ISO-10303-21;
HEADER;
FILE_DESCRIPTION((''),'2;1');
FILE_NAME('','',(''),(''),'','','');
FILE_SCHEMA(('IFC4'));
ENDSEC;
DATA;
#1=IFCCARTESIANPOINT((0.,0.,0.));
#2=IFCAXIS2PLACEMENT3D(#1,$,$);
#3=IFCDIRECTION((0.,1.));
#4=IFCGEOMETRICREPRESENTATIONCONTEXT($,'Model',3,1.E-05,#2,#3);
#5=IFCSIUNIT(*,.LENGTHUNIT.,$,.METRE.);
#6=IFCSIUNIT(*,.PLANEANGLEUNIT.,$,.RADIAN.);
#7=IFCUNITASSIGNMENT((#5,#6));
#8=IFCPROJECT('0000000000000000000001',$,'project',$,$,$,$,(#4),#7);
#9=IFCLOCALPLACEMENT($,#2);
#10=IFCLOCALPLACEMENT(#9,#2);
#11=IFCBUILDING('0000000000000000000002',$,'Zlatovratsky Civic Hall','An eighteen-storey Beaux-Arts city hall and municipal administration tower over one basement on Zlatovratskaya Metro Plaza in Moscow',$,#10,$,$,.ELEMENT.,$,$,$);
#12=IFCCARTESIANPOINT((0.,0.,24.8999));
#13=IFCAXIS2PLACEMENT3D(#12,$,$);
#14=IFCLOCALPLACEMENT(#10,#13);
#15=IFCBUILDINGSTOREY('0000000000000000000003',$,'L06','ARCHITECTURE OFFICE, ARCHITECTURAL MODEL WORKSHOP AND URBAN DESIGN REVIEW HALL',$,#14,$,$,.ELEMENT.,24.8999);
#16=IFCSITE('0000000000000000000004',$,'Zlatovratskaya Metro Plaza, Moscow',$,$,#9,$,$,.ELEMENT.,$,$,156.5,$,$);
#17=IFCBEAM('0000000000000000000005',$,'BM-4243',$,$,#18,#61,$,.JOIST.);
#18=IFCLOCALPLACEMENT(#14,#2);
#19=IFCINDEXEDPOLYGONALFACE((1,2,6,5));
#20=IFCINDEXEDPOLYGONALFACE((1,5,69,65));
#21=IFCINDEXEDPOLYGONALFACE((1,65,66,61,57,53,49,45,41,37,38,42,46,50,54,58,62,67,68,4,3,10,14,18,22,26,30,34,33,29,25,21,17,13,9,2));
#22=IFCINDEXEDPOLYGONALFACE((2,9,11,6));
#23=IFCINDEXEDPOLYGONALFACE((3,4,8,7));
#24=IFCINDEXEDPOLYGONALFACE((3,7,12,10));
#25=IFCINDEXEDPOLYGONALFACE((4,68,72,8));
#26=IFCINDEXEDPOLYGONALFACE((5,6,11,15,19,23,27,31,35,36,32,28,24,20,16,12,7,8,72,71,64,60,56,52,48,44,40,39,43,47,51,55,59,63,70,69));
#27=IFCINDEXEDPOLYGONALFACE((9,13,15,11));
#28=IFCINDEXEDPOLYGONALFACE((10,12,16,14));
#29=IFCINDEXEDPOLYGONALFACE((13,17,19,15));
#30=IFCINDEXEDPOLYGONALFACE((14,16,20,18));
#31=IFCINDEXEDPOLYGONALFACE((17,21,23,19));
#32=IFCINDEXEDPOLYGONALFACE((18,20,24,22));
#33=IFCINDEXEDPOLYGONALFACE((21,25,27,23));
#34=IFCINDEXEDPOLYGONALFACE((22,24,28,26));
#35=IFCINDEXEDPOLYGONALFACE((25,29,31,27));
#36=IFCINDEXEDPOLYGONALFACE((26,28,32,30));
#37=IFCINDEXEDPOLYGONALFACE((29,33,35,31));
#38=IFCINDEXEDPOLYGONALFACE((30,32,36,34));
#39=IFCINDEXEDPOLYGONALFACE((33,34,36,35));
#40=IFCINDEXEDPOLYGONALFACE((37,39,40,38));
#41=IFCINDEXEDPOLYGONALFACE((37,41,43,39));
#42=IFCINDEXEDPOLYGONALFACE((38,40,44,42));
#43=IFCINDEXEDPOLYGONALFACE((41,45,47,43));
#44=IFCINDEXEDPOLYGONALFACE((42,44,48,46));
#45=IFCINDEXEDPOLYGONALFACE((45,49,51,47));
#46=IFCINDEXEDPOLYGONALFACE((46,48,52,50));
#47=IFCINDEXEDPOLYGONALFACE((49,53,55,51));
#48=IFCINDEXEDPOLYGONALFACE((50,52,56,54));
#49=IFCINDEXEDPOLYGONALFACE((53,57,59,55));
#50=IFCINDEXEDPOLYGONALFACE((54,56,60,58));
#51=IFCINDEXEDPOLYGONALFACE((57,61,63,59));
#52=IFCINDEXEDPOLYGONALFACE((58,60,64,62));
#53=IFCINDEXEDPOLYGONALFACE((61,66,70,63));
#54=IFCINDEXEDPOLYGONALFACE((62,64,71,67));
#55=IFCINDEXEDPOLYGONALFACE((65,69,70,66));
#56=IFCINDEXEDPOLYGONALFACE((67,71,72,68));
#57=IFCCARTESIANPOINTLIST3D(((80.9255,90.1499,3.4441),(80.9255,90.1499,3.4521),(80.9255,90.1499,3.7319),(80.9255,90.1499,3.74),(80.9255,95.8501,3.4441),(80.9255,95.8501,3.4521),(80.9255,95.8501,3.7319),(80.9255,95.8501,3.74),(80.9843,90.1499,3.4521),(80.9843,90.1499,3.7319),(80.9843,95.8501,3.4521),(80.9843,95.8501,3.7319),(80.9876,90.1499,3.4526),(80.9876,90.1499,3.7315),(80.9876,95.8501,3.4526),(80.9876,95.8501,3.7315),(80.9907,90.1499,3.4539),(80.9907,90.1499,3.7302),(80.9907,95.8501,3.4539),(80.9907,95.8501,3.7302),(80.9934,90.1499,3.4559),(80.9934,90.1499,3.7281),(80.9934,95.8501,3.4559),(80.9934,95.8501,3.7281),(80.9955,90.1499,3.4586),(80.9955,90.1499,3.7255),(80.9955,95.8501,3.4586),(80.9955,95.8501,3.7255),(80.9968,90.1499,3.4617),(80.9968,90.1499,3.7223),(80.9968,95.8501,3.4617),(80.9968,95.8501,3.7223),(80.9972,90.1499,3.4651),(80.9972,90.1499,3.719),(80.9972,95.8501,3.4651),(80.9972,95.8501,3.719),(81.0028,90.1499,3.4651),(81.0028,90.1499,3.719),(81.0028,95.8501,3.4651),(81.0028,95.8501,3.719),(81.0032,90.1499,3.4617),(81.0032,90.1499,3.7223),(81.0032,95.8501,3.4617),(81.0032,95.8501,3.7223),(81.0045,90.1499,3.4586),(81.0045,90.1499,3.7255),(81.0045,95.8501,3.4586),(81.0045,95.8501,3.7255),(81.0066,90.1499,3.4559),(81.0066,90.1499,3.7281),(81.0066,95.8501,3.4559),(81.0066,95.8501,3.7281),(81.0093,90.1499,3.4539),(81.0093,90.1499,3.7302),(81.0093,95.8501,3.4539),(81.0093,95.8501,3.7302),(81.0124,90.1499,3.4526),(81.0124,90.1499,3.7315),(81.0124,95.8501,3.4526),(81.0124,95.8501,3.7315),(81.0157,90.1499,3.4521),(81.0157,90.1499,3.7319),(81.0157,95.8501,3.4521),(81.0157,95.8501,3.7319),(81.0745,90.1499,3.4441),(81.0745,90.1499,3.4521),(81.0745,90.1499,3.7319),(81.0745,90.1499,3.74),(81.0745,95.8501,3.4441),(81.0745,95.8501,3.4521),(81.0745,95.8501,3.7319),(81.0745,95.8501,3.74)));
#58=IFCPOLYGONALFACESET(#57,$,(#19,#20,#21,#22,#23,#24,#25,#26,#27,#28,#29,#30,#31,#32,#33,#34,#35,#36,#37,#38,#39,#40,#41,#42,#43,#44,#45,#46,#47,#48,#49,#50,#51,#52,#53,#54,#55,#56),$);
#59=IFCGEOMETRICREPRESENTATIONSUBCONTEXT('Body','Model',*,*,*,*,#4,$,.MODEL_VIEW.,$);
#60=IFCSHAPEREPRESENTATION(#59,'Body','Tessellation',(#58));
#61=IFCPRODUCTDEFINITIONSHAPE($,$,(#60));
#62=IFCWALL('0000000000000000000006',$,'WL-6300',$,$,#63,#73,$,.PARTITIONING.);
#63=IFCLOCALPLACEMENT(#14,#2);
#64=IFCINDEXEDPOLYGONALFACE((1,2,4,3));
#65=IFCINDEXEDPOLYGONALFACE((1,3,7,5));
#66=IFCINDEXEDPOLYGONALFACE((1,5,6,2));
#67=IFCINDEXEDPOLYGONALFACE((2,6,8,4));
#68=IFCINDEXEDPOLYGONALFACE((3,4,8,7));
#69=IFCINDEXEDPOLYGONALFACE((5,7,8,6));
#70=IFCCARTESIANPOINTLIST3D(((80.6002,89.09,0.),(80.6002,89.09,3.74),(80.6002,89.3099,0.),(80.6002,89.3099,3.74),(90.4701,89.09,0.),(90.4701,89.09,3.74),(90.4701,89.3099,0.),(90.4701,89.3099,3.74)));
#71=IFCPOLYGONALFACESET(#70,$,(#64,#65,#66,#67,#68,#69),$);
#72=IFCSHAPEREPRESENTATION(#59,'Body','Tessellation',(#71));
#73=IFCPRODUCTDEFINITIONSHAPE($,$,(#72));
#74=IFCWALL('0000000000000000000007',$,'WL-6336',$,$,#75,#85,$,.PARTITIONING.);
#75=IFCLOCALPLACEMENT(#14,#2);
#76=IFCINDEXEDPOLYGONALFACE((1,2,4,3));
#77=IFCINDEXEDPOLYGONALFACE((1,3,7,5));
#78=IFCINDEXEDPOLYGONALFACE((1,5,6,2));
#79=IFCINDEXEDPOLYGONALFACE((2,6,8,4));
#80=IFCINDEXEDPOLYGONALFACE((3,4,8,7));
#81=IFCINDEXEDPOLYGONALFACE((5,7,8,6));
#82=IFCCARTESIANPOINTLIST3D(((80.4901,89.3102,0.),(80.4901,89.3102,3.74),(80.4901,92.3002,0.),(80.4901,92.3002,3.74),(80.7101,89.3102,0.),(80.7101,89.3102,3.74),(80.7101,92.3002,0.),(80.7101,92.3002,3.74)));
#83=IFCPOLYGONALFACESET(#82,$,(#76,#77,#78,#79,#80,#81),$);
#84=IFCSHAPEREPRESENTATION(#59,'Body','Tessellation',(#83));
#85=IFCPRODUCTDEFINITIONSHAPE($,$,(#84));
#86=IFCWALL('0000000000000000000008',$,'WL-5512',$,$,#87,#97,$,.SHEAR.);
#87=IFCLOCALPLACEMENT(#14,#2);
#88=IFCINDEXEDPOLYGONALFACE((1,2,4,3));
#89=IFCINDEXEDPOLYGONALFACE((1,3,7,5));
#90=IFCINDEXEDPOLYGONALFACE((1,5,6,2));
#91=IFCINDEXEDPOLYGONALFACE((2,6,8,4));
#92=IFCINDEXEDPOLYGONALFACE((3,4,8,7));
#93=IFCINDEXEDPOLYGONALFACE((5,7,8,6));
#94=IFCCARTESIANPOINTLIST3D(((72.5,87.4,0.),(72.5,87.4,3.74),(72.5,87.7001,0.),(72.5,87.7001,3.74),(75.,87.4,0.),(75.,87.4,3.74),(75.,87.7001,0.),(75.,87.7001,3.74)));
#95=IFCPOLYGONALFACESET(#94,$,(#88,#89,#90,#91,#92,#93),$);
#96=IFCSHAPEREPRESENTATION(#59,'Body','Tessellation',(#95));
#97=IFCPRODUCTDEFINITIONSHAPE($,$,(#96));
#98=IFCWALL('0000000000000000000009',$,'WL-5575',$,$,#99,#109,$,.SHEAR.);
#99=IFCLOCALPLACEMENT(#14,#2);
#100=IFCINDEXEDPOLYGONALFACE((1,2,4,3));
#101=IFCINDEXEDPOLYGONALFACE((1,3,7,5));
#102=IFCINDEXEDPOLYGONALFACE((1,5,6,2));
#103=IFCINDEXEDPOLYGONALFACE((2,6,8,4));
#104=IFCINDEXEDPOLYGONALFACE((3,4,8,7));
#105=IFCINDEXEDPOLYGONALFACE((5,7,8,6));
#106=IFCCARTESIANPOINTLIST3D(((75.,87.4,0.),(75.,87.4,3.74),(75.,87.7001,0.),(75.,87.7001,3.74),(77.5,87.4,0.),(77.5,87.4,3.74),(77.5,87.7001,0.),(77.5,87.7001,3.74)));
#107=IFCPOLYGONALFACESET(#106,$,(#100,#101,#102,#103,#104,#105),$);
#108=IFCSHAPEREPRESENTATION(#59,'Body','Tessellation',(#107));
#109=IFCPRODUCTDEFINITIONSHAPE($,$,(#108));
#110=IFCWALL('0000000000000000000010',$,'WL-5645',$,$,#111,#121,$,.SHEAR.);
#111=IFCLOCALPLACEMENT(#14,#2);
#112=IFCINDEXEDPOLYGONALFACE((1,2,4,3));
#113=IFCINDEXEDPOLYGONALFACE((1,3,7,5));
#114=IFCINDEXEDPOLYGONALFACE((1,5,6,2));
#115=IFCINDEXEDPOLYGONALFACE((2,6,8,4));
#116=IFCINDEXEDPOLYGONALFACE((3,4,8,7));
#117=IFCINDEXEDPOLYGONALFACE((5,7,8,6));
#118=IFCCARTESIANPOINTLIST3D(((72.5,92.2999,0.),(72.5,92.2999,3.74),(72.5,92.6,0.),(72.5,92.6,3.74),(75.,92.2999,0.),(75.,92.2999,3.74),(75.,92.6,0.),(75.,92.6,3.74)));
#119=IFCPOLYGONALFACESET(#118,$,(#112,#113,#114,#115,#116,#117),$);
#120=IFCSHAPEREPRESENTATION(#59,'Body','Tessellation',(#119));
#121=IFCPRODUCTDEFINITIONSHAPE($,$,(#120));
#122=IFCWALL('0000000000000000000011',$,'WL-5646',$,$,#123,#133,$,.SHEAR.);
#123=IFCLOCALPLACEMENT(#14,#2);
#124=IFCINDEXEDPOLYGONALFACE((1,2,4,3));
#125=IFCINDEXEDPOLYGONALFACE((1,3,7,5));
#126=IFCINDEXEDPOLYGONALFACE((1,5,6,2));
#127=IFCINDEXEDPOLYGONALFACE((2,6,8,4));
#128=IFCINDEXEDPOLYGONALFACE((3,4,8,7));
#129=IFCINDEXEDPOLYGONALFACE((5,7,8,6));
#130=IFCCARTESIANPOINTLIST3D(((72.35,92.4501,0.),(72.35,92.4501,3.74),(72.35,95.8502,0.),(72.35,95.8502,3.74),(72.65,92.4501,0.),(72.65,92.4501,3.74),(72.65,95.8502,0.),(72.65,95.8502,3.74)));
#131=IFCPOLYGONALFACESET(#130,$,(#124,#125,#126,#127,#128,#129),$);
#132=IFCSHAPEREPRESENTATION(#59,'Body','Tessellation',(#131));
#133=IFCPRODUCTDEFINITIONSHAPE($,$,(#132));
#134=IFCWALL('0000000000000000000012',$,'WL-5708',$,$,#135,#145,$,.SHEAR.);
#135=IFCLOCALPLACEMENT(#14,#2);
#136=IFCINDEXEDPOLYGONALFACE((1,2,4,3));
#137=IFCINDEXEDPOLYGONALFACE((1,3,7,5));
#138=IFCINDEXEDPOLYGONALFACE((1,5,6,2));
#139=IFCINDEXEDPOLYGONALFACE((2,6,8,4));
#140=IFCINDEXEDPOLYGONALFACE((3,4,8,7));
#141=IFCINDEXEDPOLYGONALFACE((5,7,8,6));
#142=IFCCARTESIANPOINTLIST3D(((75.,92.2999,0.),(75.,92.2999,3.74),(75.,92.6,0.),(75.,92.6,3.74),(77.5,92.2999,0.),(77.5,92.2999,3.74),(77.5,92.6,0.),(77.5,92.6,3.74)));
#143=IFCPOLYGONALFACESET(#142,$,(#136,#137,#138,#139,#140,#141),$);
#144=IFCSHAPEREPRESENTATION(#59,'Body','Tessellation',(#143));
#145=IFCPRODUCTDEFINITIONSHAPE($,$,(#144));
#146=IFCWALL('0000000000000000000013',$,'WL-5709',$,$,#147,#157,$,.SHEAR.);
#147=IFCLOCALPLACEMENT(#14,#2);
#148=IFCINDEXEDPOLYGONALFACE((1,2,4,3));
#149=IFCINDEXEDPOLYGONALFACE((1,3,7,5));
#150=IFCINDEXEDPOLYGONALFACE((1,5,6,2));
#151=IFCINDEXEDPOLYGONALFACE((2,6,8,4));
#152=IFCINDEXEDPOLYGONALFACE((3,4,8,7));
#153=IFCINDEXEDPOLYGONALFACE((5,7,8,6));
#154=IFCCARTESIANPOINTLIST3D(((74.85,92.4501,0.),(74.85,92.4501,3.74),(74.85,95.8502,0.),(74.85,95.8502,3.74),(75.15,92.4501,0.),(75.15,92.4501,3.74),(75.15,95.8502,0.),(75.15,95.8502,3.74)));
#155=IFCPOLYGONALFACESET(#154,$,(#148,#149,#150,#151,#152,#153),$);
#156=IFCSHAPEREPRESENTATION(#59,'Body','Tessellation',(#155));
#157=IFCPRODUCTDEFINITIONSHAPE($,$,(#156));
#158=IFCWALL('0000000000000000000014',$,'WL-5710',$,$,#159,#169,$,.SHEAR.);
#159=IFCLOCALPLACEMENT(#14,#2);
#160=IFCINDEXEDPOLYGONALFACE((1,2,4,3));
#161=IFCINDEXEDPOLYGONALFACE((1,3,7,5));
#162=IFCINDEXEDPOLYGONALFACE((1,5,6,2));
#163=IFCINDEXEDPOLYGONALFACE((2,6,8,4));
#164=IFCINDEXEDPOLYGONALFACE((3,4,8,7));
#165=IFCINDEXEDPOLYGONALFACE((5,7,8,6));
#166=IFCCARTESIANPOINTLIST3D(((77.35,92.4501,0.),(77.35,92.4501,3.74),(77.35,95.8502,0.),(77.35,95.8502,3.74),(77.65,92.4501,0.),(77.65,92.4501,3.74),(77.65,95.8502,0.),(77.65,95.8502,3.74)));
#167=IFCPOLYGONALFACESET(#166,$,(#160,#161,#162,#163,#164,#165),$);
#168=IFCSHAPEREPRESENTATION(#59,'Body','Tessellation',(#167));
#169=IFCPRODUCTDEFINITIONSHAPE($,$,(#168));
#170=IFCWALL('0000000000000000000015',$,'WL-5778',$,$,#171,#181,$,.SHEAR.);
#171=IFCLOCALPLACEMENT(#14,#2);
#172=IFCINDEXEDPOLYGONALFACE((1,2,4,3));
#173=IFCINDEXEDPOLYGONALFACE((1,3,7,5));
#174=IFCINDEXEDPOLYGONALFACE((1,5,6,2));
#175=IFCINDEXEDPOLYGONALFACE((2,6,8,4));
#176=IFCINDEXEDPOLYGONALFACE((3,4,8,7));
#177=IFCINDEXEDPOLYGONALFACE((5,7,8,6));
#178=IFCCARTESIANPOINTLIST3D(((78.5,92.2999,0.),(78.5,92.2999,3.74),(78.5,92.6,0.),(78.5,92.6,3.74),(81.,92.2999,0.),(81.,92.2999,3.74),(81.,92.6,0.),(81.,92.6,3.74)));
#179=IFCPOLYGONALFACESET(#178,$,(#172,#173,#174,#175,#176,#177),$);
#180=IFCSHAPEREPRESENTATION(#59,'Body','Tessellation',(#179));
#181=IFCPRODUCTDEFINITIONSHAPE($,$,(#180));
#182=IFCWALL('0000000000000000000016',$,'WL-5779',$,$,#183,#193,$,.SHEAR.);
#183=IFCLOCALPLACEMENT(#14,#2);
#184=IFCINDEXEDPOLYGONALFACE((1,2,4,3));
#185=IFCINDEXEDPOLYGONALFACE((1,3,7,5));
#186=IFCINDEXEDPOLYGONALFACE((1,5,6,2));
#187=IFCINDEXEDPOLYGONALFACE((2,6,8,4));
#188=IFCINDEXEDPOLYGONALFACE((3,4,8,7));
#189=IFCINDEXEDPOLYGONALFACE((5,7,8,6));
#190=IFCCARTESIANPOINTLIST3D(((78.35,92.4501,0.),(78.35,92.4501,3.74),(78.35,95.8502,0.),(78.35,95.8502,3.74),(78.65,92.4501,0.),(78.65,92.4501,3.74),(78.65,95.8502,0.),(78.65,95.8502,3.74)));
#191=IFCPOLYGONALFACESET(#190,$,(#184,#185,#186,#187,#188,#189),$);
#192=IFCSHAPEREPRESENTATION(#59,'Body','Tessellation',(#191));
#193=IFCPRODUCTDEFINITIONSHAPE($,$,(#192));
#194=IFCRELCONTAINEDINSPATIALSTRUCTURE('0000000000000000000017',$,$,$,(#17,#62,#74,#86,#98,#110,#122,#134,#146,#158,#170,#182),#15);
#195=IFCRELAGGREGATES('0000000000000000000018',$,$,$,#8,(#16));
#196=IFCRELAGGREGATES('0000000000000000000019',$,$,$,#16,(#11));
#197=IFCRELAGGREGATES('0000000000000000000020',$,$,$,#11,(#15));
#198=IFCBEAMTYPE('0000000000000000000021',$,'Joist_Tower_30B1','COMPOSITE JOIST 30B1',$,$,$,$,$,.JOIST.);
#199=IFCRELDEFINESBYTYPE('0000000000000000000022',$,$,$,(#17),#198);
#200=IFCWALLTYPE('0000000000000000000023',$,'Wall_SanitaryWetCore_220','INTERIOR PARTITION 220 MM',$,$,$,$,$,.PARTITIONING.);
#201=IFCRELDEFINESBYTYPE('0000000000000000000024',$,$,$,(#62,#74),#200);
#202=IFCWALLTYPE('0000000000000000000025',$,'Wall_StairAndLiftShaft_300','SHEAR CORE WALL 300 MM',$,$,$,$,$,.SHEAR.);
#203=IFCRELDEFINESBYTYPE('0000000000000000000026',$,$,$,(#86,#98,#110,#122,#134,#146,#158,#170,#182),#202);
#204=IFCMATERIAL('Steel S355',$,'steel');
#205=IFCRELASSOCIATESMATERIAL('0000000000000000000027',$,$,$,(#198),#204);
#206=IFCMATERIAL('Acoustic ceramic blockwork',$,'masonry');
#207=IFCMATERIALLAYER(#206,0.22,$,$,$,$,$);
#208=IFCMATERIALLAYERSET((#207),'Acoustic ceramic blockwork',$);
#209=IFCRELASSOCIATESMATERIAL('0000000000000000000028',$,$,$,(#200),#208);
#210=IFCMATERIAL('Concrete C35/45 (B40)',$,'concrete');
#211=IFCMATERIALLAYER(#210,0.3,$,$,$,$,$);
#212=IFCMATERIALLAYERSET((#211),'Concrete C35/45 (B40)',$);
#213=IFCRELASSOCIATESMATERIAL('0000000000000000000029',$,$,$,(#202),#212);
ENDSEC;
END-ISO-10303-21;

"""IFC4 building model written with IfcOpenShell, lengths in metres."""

from ifc_helpers import new_model, si_unit, direction, frame, frame_2d, origin, origin_2d, place, context, subcontext, project, spatial, rectangle, i_section, extrude, material, layer, layer_set, material_profile, profile_set, type_object, element, save


model = new_model("IFC4")

# Units and contexts
model_context = context("Model", 3, precision=1e-05, world=origin(), true_north=direction((0.0, 1.0)))
body_context = subcontext(model_context, "Body", "Model", "MODEL_VIEW")
ifc_project = project(units=[si_unit("LENGTHUNIT", "METRE"), si_unit("PLANEANGLEUNIT", "RADIAN")], contexts=[model_context])

# Site, building, storey
site_placement = place(None, origin())
site = spatial("IfcSite", under=ifc_project, at=site_placement, Name="Zlatovratskaya Metro Plaza, Moscow", CompositionType="ELEMENT", RefElevation=156.5)
building_placement = place(site_placement, origin())
building = spatial("IfcBuilding", under=site, at=building_placement, Name="Zlatovratsky Civic Hall", Description="An eighteen-storey Beaux-Arts city hall and municipal administration tower over one basement on Zlatovratskaya Metro Plaza in Moscow", CompositionType="ELEMENT")
storey_placement = place(building_placement, frame((0.0, 0.0, 24.8999)))
storey = spatial("IfcBuildingStorey", under=building, at=storey_placement, Name="L06", Description="ARCHITECTURE OFFICE, ARCHITECTURAL MODEL WORKSHOP AND URBAN DESIGN REVIEW HALL", CompositionType="ELEMENT", Elevation=24.8999)

# Shared definitions
ifc_material_1 = material(Name="Concrete C35/45 (B40)", Category="concrete")
ifc_material_2 = material(Name="Steel S355", Category="steel")

# Beam
ifc_material_profile_1 = material_profile(ifc_material_2, i_section(OverallWidth=0.1489, OverallDepth=0.2959, WebThickness=0.0056, FlangeThickness=0.0081, FilletRadius=0.0129, at=origin_2d()), Name="30B1")
ifc_profile_set_1 = profile_set([ifc_material_profile_1], Name="Steel S355")
beam_type_1 = type_object("IfcBeamType", Name="Joist_Tower_30B1", Description="COMPOSITE JOIST 30B1", PredefinedType="JOIST", material=ifc_profile_set_1)
beam_1_placement = place(storey_placement, frame((81.0, 90.1499, 3.592), z_axis=(0.0, 1.0, 0.0), x_axis=(-1.0, 0.0, 0.0)))
element("IfcBeam", 1, at=beam_1_placement, inside=storey, type_object=beam_type_1, Name="BM-4243", PredefinedType="JOIST", context=body_context, shape_type="SweptSolid", body=[
    extrude(i_section(OverallWidth=0.1489, OverallDepth=0.2959, WebThickness=0.0056, FlangeThickness=0.0081, FilletRadius=0.0129, at=origin_2d()), origin(), (0.0, 0.0, 1.0), 5.7002),
])

# Walls
ifc_material_3 = material(Name="Acoustic ceramic blockwork", Category="masonry")
ifc_layer_1 = layer(ifc_material_3, 0.22)
ifc_layer_set_1 = layer_set([ifc_layer_1], Name="Acoustic ceramic blockwork")
wall_type_1 = type_object("IfcWallType", Name="Wall_SanitaryWetCore_220", Description="INTERIOR PARTITION 220 MM", PredefinedType="PARTITIONING", material=ifc_layer_set_1)
wall_1_placement = place(storey_placement, frame((80.6001, 89.2, 0.0), z_axis=(0.0, 0.0, 1.0), x_axis=(1.0, 0.0, 0.0)))
element("IfcWall", 2, at=wall_1_placement, inside=storey, type_object=wall_type_1, Name="WL-6300", PredefinedType="PARTITIONING", context=body_context, shape_type="SweptSolid", body=[
    extrude(rectangle(XDim=9.8699, YDim=0.22, at=frame_2d((4.9351, 0.0))), origin(), (0.0, 0.0, 1.0), 3.74),
])
wall_2_placement = place(storey_placement, frame((80.6001, 89.3101, 0.0), z_axis=(0.0, 0.0, 1.0), x_axis=(0.0, 1.0, 0.0)))
element("IfcWall", 3, at=wall_2_placement, inside=storey, type_object=wall_type_1, Name="WL-6336", PredefinedType="PARTITIONING", context=body_context, shape_type="SweptSolid", body=[
    extrude(rectangle(XDim=2.99, YDim=0.22, at=frame_2d((1.4951, 0.0))), origin(), (0.0, 0.0, 1.0), 3.74),
])
ifc_layer_2 = layer(ifc_material_1, 0.3)
ifc_layer_set_2 = layer_set([ifc_layer_2], Name="Concrete C35/45 (B40)")
wall_type_2 = type_object("IfcWallType", Name="Wall_StairAndLiftShaft_300", Description="SHEAR CORE WALL 300 MM", PredefinedType="SHEAR", material=ifc_layer_set_2)
for number, where, z_axis, x_axis, name in (
    (4, (72.5, 87.55, 0.0), (0.0, 0.0, 1.0), (1.0, 0.0, 0.0), "WL-5512"),
    (5, (75.0, 87.55, 0.0), (0.0, 0.0, 1.0), (1.0, 0.0, 0.0), "WL-5575"),
):
    element("IfcWall", number, at=place(storey_placement, frame(where, z_axis=z_axis, x_axis=x_axis)), inside=storey, type_object=wall_type_2, Name=name, PredefinedType="SHEAR", context=body_context, shape_type="SweptSolid", body=[
        extrude(rectangle(XDim=2.5, YDim=0.3, at=frame_2d((1.25, 0.0))), origin(), (0.0, 0.0, 1.0), 3.74),
    ])

# Walls
wall_3_placement = place(storey_placement, frame((72.5, 92.45, 0.0), z_axis=(0.0, 0.0, 1.0), x_axis=(1.0, 0.0, 0.0)))
element("IfcWall", 6, at=wall_3_placement, inside=storey, type_object=wall_type_2, Name="WL-5645", PredefinedType="SHEAR", context=body_context, shape_type="SweptSolid", body=[
    extrude(rectangle(XDim=2.5, YDim=0.3, at=frame_2d((1.25, 0.0))), origin(), (0.0, 0.0, 1.0), 3.74),
])
wall_4_placement = place(storey_placement, frame((72.5, 92.45, 0.0), z_axis=(0.0, 0.0, 1.0), x_axis=(0.0, 1.0, 0.0)))
element("IfcWall", 7, at=wall_4_placement, inside=storey, type_object=wall_type_2, Name="WL-5646", PredefinedType="SHEAR", context=body_context, shape_type="SweptSolid", body=[
    extrude(rectangle(XDim=3.4001, YDim=0.3, at=frame_2d((1.7002, 0.0))), origin(), (0.0, 0.0, 1.0), 3.74),
])

# Walls
wall_5_placement = place(storey_placement, frame((75.0, 92.45, 0.0), z_axis=(0.0, 0.0, 1.0), x_axis=(1.0, 0.0, 0.0)))
element("IfcWall", 8, at=wall_5_placement, inside=storey, type_object=wall_type_2, Name="WL-5708", PredefinedType="SHEAR", context=body_context, shape_type="SweptSolid", body=[
    extrude(rectangle(XDim=2.5, YDim=0.3, at=frame_2d((1.25, 0.0))), origin(), (0.0, 0.0, 1.0), 3.74),
])
for number, where, z_axis, x_axis, name in (
    (9, (75.0, 92.45, 0.0), (0.0, 0.0, 1.0), (0.0, 1.0, 0.0), "WL-5709"),
    (10, (77.5, 92.45, 0.0), (0.0, 0.0, 1.0), (0.0, 1.0, 0.0), "WL-5710"),
):
    element("IfcWall", number, at=place(storey_placement, frame(where, z_axis=z_axis, x_axis=x_axis)), inside=storey, type_object=wall_type_2, Name=name, PredefinedType="SHEAR", context=body_context, shape_type="SweptSolid", body=[
        extrude(rectangle(XDim=3.4001, YDim=0.3, at=frame_2d((1.7002, 0.0))), origin(), (0.0, 0.0, 1.0), 3.74),
    ])

# Walls
wall_6_placement = place(storey_placement, frame((78.5, 92.45, 0.0), z_axis=(0.0, 0.0, 1.0), x_axis=(1.0, 0.0, 0.0)))
element("IfcWall", 11, at=wall_6_placement, inside=storey, type_object=wall_type_2, Name="WL-5778", PredefinedType="SHEAR", context=body_context, shape_type="SweptSolid", body=[
    extrude(rectangle(XDim=2.5, YDim=0.3, at=frame_2d((1.25, 0.0))), origin(), (0.0, 0.0, 1.0), 3.74),
])
wall_7_placement = place(storey_placement, frame((78.5, 92.45, 0.0), z_axis=(0.0, 0.0, 1.0), x_axis=(0.0, 1.0, 0.0)))
element("IfcWall", 12, at=wall_7_placement, inside=storey, type_object=wall_type_2, Name="WL-5779", PredefinedType="SHEAR", context=body_context, shape_type="SweptSolid", body=[
    extrude(rectangle(XDim=3.4001, YDim=0.3, at=frame_2d((1.7002, 0.0))), origin(), (0.0, 0.0, 1.0), 3.74),
])

save(model, "model.ifc")
